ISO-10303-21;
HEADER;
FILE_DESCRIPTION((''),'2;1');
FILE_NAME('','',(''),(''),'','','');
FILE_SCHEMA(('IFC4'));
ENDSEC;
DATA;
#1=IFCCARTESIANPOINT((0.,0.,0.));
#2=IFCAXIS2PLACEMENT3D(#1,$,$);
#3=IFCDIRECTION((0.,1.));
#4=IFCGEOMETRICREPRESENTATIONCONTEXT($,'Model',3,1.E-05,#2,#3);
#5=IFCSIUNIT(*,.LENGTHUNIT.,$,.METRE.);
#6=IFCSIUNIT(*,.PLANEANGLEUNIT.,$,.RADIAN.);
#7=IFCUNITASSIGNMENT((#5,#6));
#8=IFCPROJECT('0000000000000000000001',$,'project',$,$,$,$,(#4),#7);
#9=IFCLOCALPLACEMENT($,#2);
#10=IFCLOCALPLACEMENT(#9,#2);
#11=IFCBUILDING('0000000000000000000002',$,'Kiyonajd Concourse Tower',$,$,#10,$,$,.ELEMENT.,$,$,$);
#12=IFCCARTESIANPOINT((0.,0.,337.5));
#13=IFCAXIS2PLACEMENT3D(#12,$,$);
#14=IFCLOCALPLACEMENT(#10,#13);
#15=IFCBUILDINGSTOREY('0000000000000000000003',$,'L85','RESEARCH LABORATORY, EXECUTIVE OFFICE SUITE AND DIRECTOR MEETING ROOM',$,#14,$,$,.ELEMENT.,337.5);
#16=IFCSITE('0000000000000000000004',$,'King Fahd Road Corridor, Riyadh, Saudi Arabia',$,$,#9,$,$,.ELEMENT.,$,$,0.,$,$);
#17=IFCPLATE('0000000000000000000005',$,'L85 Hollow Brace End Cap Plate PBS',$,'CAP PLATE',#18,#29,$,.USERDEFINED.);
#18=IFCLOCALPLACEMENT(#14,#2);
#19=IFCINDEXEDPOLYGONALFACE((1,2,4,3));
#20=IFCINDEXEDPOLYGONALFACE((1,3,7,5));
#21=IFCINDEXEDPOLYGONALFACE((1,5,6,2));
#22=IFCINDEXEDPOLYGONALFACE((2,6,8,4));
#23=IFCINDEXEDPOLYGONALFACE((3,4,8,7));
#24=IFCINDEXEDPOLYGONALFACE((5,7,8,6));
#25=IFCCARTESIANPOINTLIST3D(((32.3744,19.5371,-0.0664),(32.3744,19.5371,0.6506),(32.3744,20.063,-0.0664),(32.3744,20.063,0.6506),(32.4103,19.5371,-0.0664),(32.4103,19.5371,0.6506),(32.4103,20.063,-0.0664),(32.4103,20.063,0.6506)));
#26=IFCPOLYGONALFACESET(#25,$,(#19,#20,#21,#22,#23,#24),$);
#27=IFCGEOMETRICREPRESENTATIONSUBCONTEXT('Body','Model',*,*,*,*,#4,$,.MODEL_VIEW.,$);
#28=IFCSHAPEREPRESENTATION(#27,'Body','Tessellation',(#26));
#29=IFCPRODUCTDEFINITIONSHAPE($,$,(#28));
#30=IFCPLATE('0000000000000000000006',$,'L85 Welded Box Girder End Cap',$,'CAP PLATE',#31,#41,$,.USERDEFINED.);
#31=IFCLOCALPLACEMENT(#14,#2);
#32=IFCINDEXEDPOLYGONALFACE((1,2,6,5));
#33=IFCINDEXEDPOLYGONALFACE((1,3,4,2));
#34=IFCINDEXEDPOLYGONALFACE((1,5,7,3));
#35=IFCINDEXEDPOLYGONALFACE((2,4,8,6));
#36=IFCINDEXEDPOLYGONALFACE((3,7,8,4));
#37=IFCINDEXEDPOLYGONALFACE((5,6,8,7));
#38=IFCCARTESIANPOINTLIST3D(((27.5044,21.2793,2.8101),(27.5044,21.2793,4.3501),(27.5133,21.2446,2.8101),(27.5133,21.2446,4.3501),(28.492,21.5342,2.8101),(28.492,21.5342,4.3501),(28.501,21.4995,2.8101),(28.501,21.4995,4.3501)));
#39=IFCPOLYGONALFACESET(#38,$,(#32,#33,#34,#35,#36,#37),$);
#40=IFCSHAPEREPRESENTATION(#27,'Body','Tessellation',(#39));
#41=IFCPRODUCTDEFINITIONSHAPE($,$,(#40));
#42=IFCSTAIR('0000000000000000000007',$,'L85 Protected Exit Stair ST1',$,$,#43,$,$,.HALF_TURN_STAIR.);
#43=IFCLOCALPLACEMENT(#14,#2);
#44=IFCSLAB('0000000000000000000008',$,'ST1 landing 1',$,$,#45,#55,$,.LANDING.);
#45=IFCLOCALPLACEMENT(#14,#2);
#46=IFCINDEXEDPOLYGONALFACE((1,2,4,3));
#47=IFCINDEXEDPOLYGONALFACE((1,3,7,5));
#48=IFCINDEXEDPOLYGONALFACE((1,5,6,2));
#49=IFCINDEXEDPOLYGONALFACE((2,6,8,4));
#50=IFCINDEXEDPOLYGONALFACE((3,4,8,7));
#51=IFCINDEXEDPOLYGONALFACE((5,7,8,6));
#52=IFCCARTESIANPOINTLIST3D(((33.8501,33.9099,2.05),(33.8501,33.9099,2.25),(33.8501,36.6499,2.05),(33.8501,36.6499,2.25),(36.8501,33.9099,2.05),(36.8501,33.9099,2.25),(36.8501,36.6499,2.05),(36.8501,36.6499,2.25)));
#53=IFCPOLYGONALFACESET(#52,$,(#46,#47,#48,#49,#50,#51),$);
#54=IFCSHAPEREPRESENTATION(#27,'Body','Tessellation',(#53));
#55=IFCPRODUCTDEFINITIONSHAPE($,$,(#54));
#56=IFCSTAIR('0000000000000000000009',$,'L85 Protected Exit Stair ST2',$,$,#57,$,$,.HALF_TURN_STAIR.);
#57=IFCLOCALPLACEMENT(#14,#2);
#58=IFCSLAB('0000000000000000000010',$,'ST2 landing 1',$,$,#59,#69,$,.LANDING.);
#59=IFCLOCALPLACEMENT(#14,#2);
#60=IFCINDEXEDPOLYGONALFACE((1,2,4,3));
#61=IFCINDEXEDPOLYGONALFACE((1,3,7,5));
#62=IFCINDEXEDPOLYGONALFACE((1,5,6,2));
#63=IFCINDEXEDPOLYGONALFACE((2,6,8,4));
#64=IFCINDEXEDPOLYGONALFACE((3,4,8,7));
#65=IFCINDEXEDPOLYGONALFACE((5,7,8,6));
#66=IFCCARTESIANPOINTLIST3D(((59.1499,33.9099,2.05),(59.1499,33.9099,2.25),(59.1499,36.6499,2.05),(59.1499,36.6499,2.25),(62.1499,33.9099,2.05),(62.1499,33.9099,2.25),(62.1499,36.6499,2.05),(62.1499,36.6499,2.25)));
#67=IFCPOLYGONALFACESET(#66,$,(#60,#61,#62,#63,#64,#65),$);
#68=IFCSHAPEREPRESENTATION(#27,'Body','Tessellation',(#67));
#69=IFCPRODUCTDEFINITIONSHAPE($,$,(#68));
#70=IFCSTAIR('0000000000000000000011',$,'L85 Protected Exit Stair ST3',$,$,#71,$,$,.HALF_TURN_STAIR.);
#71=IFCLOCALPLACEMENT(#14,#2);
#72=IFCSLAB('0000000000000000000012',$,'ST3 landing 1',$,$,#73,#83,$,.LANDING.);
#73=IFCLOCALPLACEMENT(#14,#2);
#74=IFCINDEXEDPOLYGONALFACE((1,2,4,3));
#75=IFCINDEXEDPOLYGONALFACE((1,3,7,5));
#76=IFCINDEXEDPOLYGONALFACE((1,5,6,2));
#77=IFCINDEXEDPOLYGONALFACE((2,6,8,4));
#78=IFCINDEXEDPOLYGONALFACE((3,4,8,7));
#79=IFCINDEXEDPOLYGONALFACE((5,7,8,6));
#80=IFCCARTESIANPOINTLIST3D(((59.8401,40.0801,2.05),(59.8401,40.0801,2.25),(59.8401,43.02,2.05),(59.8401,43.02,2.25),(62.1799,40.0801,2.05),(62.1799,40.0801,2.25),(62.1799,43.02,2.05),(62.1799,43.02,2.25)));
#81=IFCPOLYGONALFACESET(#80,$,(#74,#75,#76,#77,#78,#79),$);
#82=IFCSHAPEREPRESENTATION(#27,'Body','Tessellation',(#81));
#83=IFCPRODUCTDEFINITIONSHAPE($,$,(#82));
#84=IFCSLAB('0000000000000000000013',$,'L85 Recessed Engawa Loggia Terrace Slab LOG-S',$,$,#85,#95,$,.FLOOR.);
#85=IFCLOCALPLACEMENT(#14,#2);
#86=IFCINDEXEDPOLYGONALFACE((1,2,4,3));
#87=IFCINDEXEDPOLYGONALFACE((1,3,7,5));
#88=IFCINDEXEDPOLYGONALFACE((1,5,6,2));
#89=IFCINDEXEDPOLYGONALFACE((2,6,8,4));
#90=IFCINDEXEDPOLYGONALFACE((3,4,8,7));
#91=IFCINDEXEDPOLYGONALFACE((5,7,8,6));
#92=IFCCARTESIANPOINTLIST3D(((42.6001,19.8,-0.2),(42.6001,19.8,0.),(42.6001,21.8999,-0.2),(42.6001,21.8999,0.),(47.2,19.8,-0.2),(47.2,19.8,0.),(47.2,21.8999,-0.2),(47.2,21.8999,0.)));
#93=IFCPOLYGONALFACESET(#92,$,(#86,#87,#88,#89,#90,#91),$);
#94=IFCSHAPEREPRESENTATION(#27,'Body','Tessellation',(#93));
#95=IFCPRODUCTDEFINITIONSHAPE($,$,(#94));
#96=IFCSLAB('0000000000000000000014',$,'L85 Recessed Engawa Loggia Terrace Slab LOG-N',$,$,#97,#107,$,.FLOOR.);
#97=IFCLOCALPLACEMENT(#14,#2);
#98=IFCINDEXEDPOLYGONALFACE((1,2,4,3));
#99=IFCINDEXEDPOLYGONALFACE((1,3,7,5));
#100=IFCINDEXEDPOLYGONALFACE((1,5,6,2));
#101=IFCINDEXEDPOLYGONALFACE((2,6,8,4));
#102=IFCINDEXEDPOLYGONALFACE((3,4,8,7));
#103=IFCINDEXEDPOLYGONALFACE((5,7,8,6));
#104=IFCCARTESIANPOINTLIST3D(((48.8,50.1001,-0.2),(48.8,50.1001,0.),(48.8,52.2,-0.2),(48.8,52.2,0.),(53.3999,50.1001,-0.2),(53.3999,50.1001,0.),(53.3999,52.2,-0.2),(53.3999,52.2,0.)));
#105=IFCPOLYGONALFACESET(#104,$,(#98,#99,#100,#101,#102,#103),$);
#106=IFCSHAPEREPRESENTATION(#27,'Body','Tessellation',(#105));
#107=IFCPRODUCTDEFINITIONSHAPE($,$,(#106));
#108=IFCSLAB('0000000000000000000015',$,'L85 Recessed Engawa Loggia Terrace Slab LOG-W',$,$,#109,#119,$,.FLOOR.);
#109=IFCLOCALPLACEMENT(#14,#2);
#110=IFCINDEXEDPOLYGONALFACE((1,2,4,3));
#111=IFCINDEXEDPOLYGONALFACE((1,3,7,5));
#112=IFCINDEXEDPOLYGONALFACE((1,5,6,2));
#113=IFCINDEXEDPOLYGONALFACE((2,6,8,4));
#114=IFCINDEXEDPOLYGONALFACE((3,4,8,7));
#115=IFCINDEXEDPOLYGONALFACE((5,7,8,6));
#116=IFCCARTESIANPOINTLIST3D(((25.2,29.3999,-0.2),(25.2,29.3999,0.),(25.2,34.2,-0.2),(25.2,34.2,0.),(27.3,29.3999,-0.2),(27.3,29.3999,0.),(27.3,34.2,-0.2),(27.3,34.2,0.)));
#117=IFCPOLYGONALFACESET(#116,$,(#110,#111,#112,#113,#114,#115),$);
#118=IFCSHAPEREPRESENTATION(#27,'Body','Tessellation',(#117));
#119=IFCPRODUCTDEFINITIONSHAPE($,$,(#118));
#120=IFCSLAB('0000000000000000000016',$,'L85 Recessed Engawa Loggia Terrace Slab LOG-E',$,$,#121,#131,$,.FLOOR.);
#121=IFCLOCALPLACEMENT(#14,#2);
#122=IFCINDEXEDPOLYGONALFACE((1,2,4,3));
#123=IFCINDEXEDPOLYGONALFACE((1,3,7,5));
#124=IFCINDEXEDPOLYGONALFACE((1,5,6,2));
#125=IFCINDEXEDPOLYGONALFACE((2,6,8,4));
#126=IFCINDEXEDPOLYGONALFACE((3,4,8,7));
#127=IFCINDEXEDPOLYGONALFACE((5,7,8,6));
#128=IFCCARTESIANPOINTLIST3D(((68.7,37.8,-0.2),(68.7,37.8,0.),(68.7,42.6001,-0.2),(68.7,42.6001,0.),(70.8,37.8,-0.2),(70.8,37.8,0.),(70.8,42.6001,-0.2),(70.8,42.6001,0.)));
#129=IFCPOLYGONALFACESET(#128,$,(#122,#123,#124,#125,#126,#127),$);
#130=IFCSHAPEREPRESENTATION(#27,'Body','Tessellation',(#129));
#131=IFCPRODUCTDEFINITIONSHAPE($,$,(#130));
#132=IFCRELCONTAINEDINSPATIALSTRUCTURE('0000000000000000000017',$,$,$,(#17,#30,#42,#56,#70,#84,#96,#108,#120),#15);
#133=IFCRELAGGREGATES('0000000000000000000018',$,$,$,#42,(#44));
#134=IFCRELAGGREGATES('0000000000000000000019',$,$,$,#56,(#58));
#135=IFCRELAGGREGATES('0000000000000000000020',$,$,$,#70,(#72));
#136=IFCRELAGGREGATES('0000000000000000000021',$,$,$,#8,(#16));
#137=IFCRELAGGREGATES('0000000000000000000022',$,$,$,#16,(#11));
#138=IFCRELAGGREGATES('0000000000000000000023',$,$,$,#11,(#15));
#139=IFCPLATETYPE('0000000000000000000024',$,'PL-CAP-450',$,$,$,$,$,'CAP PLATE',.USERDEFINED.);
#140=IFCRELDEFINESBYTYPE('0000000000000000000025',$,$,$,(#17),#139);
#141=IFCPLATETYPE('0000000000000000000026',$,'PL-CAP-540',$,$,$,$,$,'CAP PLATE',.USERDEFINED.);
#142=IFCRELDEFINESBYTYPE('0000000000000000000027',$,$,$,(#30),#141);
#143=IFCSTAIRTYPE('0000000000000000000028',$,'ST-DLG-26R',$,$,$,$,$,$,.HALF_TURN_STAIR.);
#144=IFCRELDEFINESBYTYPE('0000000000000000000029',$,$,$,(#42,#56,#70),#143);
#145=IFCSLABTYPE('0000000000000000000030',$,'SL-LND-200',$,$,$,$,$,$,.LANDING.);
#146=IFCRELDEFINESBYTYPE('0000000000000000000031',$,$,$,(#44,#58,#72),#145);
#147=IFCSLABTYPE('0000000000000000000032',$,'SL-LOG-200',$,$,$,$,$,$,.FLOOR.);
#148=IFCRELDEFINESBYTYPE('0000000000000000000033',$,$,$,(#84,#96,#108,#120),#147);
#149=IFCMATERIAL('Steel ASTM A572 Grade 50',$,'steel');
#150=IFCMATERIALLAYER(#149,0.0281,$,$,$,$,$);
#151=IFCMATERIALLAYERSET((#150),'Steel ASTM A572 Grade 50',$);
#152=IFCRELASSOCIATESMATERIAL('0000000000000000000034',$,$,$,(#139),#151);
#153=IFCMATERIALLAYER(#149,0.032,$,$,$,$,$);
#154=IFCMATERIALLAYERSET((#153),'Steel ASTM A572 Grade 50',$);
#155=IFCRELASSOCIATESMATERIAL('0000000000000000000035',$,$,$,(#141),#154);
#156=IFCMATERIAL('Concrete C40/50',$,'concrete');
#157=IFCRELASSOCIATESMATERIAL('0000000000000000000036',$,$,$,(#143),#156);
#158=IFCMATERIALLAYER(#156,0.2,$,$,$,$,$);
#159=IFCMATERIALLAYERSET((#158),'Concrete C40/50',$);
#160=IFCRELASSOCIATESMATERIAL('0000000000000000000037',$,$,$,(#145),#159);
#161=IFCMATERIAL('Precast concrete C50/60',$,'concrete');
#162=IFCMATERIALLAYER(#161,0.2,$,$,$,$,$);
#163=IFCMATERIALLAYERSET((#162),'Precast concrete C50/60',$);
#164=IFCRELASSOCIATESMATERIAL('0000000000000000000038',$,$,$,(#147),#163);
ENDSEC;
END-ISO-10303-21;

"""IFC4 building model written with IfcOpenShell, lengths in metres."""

from ifc_helpers import new_model, si_unit, direction, frame, origin, origin_2d, place, context, subcontext, project, spatial, polyline, rectangle, outline, extrude, material, layer, layer_set, type_object, element, aggregate, save


model = new_model("IFC4")

# Units and contexts
model_context = context("Model", 3, precision=1e-05, world=origin(), true_north=direction((0.0, 1.0)))
body_context = subcontext(model_context, "Body", "Model", "MODEL_VIEW")
ifc_project = project(units=[si_unit("LENGTHUNIT", "METRE"), si_unit("PLANEANGLEUNIT", "RADIAN")], contexts=[model_context])

# Site, building, storey
site_placement = place(None, origin())
site = spatial("IfcSite", under=ifc_project, at=site_placement, Name="King Fahd Road Corridor, Riyadh, Saudi Arabia", CompositionType="ELEMENT", RefElevation=0.0)
building_placement = place(site_placement, origin())
building = spatial("IfcBuilding", under=site, at=building_placement, Name="Kiyonajd Concourse Tower", CompositionType="ELEMENT")
storey_placement = place(building_placement, frame((0.0, 0.0, 337.5)))
storey = spatial("IfcBuildingStorey", under=building, at=storey_placement, Name="L85", Description="RESEARCH LABORATORY, EXECUTIVE OFFICE SUITE AND DIRECTOR MEETING ROOM", CompositionType="ELEMENT", Elevation=337.5)

# Shared definitions
ifc_material_1 = material(Name="Steel ASTM A572 Grade 50", Category="steel")

# Plates
ifc_layer_1 = layer(ifc_material_1, 0.0281)
ifc_layer_set_1 = layer_set([ifc_layer_1], Name="Steel ASTM A572 Grade 50")
plate_type_1 = type_object("IfcPlateType", Name="PL-CAP-450", ElementType="CAP PLATE", PredefinedType="USERDEFINED", material=ifc_layer_set_1)
plate_1_placement = place(storey_placement, frame((32.3923, 19.8, -0.0664), z_axis=(0.0, 0.0, 1.0), x_axis=(-1.0, 0.0, 0.0)))
element("IfcPlate", 1, at=plate_1_placement, inside=storey, type_object=plate_type_1, Name="L85 Hollow Brace End Cap Plate PBS", ObjectType="CAP PLATE", PredefinedType="USERDEFINED", context=body_context, shape_type="SweptSolid", body=[
    extrude(rectangle(XDim=0.0359, YDim=0.5259, at=origin_2d()), origin(), (0.0, 0.0, 1.0), 0.717),
])
ifc_layer_2 = layer(ifc_material_1, 0.032)
ifc_layer_set_2 = layer_set([ifc_layer_2], Name="Steel ASTM A572 Grade 50")
plate_type_2 = type_object("IfcPlateType", Name="PL-CAP-540", ElementType="CAP PLATE", PredefinedType="USERDEFINED", material=ifc_layer_set_2)
plate_2_placement = place(storey_placement, frame((28.0027, 21.3894, 2.8101), z_axis=(0.0, 0.0, 1.0), x_axis=(0.249873, -0.968279, 0.0)))
element("IfcPlate", 2, at=plate_2_placement, inside=storey, type_object=plate_type_2, Name="L85 Welded Box Girder End Cap", ObjectType="CAP PLATE", PredefinedType="USERDEFINED", context=body_context, shape_type="SweptSolid", body=[
    extrude(rectangle(XDim=0.0359, YDim=1.02, at=origin_2d()), origin(), (0.0, 0.0, 1.0), 1.54),
])

# Stairs, slabs
ifc_material_2 = material(Name="Concrete C40/50", Category="concrete")
stair_type = type_object("IfcStairType", Name="ST-DLG-26R", PredefinedType="HALF_TURN_STAIR", material=ifc_material_2)
stair_1_placement = place(storey_placement, origin())
stair_1 = element("IfcStair", 3, at=stair_1_placement, inside=storey, type_object=stair_type, Name="L85 Protected Exit Stair ST1", PredefinedType="HALF_TURN_STAIR")
ifc_layer_3 = layer(ifc_material_2, 0.2)
ifc_layer_set_3 = layer_set([ifc_layer_3], Name="Concrete C40/50")
slab_type_1 = type_object("IfcSlabType", Name="SL-LND-200", PredefinedType="LANDING", material=ifc_layer_set_3)
slab_1_placement = place(storey_placement, frame((0.0, 0.0, 2.05)))
slab_1 = element("IfcSlab", 4, at=slab_1_placement, type_object=slab_type_1, Name="ST1 landing 1", PredefinedType="LANDING", context=body_context, shape_type="SweptSolid", body=[
    extrude(outline(polyline([(36.8501, 33.9099), (36.8501, 36.6499), (33.8501, 36.6499), (33.8501, 33.9099), (36.8501, 33.9099)])), origin(), (0.0, 0.0, 1.0), 0.2),
])
aggregate(stair_1, [slab_1])
stair_2_placement = place(storey_placement, origin())
stair_2 = element("IfcStair", 5, at=stair_2_placement, inside=storey, type_object=stair_type, Name="L85 Protected Exit Stair ST2", PredefinedType="HALF_TURN_STAIR")
slab_2_placement = place(storey_placement, frame((0.0, 0.0, 2.05)))
slab_2 = element("IfcSlab", 6, at=slab_2_placement, type_object=slab_type_1, Name="ST2 landing 1", PredefinedType="LANDING", context=body_context, shape_type="SweptSolid", body=[
    extrude(outline(polyline([(62.1499, 33.9099), (62.1499, 36.6499), (59.1499, 36.6499), (59.1499, 33.9099), (62.1499, 33.9099)])), origin(), (0.0, 0.0, 1.0), 0.2),
])
aggregate(stair_2, [slab_2])
stair_3_placement = place(storey_placement, origin())
stair_3 = element("IfcStair", 7, at=stair_3_placement, inside=storey, type_object=stair_type, Name="L85 Protected Exit Stair ST3", PredefinedType="HALF_TURN_STAIR")
slab_3_placement = place(storey_placement, frame((0.0, 0.0, 2.05)))
slab_3 = element("IfcSlab", 8, at=slab_3_placement, type_object=slab_type_1, Name="ST3 landing 1", PredefinedType="LANDING", context=body_context, shape_type="SweptSolid", body=[
    extrude(outline(polyline([(59.8401, 40.0801), (62.1799, 40.0801), (62.1799, 43.02), (59.8401, 43.02), (59.8401, 40.0801)])), origin(), (0.0, 0.0, 1.0), 0.2),
])
aggregate(stair_3, [slab_3])

# Slabs
ifc_material_3 = material(Name="Precast concrete C50/60", Category="concrete")
ifc_layer_4 = layer(ifc_material_3, 0.2)
ifc_layer_set_4 = layer_set([ifc_layer_4], Name="Precast concrete C50/60")
slab_type_2 = type_object("IfcSlabType", Name="SL-LOG-200", PredefinedType="FLOOR", material=ifc_layer_set_4)
slab_4_placement = place(storey_placement, frame((0.0, 0.0, -0.2)))
element("IfcSlab", 9, at=slab_4_placement, inside=storey, type_object=slab_type_2, Name="L85 Recessed Engawa Loggia Terrace Slab LOG-S", PredefinedType="FLOOR", context=body_context, shape_type="SweptSolid", body=[
    extrude(outline(polyline([(42.6001, 19.8), (47.2, 19.8), (47.2, 21.8999), (42.6001, 21.8999), (42.6001, 19.8)])), origin(), (0.0, 0.0, 1.0), 0.2),
])
slab_5_placement = place(storey_placement, frame((0.0, 0.0, -0.2)))
element("IfcSlab", 10, at=slab_5_placement, inside=storey, type_object=slab_type_2, Name="L85 Recessed Engawa Loggia Terrace Slab LOG-N", PredefinedType="FLOOR", context=body_context, shape_type="SweptSolid", body=[
    extrude(outline(polyline([(48.8, 50.1001), (53.3999, 50.1001), (53.3999, 52.2), (48.8, 52.2), (48.8, 50.1001)])), origin(), (0.0, 0.0, 1.0), 0.2),
])
slab_6_placement = place(storey_placement, frame((0.0, 0.0, -0.2)))
element("IfcSlab", 11, at=slab_6_placement, inside=storey, type_object=slab_type_2, Name="L85 Recessed Engawa Loggia Terrace Slab LOG-W", PredefinedType="FLOOR", context=body_context, shape_type="SweptSolid", body=[
    extrude(outline(polyline([(25.2, 29.3999), (27.3, 29.3999), (27.3, 34.2), (25.2, 34.2), (25.2, 29.3999)])), origin(), (0.0, 0.0, 1.0), 0.2),
])
slab_7_placement = place(storey_placement, frame((0.0, 0.0, -0.2)))
element("IfcSlab", 12, at=slab_7_placement, inside=storey, type_object=slab_type_2, Name="L85 Recessed Engawa Loggia Terrace Slab LOG-E", PredefinedType="FLOOR", context=body_context, shape_type="SweptSolid", body=[
    extrude(outline(polyline([(68.7, 37.8), (70.8, 37.8), (70.8, 42.6001), (68.7, 42.6001), (68.7, 37.8)])), origin(), (0.0, 0.0, 1.0), 0.2),
])

save(model, "model.ifc")
